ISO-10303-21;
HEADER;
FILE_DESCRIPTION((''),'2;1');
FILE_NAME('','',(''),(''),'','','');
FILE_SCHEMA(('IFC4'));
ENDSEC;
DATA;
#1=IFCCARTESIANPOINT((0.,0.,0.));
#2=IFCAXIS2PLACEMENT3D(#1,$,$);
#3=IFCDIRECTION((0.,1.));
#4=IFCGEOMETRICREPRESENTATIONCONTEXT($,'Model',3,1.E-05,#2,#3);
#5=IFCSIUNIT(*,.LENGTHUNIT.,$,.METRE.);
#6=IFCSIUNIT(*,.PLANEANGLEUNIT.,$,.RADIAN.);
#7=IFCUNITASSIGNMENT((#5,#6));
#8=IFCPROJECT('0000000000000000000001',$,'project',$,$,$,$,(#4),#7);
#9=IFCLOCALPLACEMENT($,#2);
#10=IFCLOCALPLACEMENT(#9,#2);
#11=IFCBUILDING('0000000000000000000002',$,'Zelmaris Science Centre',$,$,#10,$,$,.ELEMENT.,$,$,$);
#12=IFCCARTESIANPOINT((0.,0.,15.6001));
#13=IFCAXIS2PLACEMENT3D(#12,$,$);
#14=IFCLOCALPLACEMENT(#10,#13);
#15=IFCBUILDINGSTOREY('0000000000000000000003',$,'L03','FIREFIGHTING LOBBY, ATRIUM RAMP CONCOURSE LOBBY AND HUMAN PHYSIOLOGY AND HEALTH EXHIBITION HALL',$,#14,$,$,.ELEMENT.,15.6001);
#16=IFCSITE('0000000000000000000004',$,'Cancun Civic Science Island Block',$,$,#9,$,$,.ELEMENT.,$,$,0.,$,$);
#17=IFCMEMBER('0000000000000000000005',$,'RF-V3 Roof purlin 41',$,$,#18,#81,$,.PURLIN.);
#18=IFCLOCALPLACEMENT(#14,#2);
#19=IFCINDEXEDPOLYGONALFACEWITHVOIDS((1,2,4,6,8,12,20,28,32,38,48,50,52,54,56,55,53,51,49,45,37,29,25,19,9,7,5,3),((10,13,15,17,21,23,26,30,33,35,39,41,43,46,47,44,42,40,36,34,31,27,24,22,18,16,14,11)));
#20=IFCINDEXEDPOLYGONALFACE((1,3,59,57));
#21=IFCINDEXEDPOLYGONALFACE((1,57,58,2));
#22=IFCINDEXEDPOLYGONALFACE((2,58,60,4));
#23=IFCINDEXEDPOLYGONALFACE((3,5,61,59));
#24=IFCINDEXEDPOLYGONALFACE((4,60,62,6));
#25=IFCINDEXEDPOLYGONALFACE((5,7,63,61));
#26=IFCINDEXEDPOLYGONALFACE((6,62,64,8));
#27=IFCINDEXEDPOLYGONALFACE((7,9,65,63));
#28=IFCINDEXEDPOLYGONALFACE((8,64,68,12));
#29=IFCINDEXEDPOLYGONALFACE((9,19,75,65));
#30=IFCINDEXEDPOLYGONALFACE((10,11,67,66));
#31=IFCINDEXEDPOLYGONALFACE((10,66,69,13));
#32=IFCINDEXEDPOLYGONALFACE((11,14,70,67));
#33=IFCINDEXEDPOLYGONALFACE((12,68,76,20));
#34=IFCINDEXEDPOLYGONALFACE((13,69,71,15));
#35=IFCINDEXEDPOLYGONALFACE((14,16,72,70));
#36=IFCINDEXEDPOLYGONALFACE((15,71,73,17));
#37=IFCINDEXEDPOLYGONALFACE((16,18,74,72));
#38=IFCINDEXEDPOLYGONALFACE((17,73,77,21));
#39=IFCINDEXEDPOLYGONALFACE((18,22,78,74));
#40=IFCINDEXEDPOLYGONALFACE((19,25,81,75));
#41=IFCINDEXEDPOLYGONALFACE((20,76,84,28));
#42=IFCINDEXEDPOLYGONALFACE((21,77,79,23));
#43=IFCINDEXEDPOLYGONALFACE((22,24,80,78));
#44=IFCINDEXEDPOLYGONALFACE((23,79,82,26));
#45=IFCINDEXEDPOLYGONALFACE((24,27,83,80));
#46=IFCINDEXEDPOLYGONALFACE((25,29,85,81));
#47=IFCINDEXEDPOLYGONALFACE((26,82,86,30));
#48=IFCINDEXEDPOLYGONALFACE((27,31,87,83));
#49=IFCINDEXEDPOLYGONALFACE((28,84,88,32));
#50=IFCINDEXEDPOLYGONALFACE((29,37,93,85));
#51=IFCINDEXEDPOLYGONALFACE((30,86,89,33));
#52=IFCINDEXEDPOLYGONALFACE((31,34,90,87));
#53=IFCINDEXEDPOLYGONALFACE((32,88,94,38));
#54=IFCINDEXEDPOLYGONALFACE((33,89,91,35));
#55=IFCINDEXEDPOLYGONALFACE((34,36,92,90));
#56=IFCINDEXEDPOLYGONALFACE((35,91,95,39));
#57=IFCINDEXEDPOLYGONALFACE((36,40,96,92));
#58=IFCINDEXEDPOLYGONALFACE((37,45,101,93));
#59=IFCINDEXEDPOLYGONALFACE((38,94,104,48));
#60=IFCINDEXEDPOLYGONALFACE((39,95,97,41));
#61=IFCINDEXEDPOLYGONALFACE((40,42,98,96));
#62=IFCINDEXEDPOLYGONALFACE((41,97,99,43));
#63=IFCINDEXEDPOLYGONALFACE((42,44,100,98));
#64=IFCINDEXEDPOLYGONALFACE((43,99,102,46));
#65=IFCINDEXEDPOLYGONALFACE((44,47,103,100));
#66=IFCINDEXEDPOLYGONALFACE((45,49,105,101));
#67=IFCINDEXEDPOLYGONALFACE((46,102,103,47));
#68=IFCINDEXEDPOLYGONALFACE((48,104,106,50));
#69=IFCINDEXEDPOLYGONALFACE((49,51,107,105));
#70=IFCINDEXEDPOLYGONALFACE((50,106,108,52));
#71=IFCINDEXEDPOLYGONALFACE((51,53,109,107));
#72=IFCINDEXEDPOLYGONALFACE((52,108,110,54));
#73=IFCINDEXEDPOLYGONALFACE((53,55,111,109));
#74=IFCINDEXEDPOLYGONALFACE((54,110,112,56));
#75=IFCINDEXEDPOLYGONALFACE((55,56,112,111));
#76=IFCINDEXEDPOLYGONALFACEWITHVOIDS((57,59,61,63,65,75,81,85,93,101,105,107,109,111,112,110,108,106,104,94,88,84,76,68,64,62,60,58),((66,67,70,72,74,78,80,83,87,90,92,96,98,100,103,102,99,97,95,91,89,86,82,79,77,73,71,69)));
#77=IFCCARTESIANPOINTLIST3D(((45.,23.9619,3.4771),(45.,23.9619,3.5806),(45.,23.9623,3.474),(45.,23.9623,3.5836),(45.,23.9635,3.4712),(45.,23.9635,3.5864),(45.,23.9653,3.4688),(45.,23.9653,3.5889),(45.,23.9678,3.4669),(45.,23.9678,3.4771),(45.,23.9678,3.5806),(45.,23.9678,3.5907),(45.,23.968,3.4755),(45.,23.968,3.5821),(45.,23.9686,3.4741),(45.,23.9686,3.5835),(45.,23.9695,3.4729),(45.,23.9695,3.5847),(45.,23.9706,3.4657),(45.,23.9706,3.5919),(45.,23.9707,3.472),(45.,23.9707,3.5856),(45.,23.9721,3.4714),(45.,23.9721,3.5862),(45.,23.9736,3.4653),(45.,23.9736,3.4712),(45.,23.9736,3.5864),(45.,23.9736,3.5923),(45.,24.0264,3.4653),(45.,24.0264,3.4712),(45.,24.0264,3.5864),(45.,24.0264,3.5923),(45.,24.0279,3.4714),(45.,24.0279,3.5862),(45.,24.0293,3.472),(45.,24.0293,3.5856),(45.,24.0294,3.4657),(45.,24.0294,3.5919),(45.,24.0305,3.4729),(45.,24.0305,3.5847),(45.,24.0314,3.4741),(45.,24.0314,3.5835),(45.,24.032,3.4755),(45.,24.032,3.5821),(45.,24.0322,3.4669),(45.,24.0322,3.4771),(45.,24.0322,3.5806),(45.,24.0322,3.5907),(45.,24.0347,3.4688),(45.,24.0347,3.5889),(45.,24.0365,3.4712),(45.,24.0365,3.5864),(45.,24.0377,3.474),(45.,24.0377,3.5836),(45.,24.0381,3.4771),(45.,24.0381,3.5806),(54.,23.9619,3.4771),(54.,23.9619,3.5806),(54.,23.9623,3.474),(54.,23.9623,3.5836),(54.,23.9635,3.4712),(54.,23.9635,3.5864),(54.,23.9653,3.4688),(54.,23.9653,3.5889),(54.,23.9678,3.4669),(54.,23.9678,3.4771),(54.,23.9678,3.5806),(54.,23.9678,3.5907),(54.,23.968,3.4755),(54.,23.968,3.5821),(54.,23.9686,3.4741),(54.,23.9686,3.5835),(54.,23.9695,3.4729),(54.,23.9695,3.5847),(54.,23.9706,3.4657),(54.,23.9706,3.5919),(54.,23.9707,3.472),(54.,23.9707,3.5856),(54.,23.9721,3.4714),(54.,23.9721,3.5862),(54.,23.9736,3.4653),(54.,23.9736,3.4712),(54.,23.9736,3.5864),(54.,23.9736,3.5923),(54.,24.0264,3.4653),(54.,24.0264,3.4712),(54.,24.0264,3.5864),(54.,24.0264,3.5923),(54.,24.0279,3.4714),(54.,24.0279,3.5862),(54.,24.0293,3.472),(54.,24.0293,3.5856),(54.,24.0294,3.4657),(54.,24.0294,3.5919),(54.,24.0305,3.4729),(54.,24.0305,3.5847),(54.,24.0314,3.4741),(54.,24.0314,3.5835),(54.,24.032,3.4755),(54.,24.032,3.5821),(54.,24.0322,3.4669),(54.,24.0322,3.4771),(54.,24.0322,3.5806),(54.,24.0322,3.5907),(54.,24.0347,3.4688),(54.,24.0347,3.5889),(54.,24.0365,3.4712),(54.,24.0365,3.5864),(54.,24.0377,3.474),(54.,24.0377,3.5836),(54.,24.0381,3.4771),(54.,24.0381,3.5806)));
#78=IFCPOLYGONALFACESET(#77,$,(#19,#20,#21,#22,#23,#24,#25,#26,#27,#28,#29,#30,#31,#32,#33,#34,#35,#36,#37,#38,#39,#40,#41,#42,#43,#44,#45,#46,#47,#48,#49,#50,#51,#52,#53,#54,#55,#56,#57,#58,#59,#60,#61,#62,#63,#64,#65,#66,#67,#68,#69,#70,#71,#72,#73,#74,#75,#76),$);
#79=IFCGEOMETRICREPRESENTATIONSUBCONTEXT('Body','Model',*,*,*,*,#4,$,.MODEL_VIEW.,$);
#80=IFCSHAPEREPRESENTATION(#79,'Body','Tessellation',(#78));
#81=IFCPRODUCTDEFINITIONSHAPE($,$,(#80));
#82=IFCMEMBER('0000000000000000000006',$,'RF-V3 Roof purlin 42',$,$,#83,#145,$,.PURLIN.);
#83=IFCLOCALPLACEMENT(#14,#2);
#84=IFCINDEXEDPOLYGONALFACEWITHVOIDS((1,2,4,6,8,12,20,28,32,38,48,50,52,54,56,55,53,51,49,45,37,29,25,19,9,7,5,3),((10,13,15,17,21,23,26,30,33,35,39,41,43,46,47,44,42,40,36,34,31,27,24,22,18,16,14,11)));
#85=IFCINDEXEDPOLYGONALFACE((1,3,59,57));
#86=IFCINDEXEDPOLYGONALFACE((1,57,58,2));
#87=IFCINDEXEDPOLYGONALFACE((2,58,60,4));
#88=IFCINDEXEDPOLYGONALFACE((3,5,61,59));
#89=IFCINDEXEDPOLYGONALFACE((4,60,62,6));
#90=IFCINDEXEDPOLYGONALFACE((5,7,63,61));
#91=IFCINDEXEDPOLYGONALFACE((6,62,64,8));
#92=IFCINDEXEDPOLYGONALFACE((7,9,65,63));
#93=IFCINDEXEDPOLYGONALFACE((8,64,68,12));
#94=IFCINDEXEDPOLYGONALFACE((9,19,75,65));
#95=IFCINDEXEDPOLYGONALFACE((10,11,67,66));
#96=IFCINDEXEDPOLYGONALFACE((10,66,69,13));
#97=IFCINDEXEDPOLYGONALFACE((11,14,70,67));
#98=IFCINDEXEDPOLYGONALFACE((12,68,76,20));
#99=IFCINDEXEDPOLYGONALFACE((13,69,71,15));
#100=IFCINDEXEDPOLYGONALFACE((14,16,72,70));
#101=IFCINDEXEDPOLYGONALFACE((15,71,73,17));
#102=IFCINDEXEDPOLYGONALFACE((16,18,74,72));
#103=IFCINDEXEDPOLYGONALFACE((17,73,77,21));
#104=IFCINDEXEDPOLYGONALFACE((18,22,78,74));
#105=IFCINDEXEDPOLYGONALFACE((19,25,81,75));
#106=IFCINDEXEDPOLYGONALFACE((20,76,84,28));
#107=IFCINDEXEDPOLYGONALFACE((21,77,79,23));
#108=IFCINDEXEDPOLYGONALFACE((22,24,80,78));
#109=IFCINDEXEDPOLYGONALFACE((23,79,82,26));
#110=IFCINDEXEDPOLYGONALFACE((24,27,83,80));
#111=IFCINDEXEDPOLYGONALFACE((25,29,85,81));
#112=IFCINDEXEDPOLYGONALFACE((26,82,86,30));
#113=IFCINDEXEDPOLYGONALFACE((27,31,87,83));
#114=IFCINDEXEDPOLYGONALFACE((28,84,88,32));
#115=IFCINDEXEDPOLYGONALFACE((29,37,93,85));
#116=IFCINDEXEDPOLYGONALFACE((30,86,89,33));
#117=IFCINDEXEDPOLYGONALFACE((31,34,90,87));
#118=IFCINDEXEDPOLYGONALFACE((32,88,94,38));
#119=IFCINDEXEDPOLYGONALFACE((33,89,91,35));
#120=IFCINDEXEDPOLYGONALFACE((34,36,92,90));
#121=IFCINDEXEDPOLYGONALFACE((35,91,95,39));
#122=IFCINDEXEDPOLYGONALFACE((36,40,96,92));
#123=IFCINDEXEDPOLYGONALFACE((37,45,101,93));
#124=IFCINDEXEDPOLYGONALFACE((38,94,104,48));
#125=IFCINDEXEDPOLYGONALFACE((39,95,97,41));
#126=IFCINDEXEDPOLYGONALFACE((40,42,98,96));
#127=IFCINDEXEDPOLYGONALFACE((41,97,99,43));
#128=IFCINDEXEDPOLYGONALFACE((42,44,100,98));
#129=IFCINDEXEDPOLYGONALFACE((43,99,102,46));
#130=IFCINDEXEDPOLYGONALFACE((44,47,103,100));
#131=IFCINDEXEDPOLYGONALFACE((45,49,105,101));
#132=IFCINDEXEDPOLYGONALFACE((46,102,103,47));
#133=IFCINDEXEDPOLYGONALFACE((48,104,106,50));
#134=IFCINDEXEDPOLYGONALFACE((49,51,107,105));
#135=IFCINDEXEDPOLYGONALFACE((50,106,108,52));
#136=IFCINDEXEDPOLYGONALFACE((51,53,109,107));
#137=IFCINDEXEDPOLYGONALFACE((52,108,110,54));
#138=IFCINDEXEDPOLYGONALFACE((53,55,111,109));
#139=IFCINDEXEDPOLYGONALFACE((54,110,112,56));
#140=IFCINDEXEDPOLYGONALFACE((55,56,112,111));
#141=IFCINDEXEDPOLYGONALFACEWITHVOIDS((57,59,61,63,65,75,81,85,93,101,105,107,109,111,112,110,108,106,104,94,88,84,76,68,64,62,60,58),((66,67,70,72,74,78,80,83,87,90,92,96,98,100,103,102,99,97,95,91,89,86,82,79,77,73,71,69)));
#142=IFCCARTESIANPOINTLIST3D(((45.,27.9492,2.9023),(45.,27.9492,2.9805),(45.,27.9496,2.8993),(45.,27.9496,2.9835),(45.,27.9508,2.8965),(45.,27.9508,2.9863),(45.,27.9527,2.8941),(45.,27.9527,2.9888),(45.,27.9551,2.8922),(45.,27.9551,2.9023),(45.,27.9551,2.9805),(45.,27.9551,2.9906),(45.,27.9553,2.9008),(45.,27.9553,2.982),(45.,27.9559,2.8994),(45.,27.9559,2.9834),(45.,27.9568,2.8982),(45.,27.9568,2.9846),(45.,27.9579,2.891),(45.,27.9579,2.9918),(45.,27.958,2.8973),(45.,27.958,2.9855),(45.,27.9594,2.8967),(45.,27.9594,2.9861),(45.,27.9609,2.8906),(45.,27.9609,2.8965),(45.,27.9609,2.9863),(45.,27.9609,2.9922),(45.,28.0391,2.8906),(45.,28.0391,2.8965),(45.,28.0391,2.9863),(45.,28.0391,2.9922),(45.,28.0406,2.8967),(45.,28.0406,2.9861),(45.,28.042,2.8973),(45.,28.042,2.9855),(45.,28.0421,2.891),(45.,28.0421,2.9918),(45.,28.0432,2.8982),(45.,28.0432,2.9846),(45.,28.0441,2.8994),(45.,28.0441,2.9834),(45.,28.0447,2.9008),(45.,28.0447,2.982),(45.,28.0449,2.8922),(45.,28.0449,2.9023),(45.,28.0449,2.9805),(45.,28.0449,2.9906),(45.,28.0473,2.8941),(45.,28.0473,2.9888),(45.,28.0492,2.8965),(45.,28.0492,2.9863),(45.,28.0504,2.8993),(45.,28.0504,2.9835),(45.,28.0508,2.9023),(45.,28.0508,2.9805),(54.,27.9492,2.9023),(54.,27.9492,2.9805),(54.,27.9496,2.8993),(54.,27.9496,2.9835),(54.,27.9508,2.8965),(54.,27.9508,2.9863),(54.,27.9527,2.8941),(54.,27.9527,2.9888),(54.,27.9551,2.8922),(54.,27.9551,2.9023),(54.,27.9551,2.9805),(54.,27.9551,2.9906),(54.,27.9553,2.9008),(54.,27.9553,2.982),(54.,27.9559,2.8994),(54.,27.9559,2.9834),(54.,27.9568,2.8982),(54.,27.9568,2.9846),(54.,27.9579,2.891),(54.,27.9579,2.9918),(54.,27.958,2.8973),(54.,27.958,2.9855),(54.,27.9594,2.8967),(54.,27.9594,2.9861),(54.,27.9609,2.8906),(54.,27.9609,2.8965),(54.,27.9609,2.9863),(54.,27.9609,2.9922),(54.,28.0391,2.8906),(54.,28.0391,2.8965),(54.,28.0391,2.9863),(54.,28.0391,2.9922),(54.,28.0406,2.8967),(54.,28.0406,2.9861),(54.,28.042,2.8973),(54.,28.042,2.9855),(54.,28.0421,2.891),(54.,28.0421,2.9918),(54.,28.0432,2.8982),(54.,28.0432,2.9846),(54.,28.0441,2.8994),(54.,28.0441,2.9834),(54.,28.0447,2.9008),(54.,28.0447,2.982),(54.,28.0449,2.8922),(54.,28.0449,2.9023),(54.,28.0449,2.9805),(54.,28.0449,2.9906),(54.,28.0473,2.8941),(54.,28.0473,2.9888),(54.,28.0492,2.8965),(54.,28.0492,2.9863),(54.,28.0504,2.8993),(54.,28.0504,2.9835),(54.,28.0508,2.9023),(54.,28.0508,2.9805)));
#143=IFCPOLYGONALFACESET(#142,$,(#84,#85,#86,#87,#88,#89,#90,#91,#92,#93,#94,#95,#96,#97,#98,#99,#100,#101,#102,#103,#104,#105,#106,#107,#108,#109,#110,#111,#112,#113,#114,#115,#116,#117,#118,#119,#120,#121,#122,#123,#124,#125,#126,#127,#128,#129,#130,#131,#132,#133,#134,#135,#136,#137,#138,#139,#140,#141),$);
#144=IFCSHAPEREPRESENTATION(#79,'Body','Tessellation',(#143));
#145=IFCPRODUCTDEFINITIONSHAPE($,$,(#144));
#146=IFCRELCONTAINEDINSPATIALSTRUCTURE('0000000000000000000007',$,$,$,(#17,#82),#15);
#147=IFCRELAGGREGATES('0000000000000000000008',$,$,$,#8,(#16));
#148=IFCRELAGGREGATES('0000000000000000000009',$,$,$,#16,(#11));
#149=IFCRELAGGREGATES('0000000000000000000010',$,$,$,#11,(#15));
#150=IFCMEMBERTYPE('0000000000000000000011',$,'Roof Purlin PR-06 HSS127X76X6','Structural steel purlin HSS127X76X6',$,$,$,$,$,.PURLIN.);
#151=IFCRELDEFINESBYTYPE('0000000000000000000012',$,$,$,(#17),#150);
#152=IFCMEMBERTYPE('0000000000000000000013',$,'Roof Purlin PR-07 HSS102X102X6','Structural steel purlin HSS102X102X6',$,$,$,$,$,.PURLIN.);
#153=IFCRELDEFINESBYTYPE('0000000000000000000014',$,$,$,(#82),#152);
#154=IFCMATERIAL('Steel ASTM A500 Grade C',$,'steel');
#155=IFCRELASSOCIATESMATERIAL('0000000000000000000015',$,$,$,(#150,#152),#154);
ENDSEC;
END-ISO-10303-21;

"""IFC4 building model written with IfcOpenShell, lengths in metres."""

from ifc_helpers import new_model, si_unit, direction, frame, origin, origin_2d, place, context, subcontext, project, spatial, hollow_rectangle, extrude, material, material_profile, profile_set, type_object, element, save


model = new_model("IFC4")

# Units and contexts
model_context = context("Model", 3, precision=1e-05, world=origin(), true_north=direction((0.0, 1.0)))
body_context = subcontext(model_context, "Body", "Model", "MODEL_VIEW")
ifc_project = project(units=[si_unit("LENGTHUNIT", "METRE"), si_unit("PLANEANGLEUNIT", "RADIAN")], contexts=[model_context])

# Site, building, storey
site_placement = place(None, origin())
site = spatial("IfcSite", under=ifc_project, at=site_placement, Name="Cancun Civic Science Island Block", CompositionType="ELEMENT", RefElevation=0.0)
building_placement = place(site_placement, origin())
building = spatial("IfcBuilding", under=site, at=building_placement, Name="Zelmaris Science Centre", CompositionType="ELEMENT")
storey_placement = place(building_placement, frame((0.0, 0.0, 15.6001)))
storey = spatial("IfcBuildingStorey", under=building, at=storey_placement, Name="L03", Description="FIREFIGHTING LOBBY, ATRIUM RAMP CONCOURSE LOBBY AND HUMAN PHYSIOLOGY AND HEALTH EXHIBITION HALL", CompositionType="ELEMENT", Elevation=15.6001)

# Shared definitions
ifc_material_1 = material(Name="Steel ASTM A500 Grade C", Category="steel")

# Members
ifc_material_profile_1 = material_profile(ifc_material_1, hollow_rectangle(XDim=0.0762, YDim=0.127, WallThickness=0.0059, InnerFilletRadius=0.0059, OuterFilletRadius=0.0117, at=origin_2d()), Name="HSS127X76X6")
ifc_profile_set_1 = profile_set([ifc_material_profile_1], Name="Steel ASTM A500 Grade C")
member_type_1 = type_object("IfcMemberType", Name="Roof Purlin PR-06 HSS127X76X6", Description="Structural steel purlin HSS127X76X6", PredefinedType="PURLIN", material=ifc_profile_set_1)
member_1_placement = place(storey_placement, frame((45.0, 24.0, 3.5288), z_axis=(1.0, 0.0, 0.0), x_axis=(0.0, 1.0, 0.0)))
element("IfcMember", 1, at=member_1_placement, inside=storey, type_object=member_type_1, Name="RF-V3 Roof purlin 41", PredefinedType="PURLIN", context=body_context, shape_type="SweptSolid", body=[
    extrude(hollow_rectangle(XDim=0.0762, YDim=0.127, WallThickness=0.0059, InnerFilletRadius=0.0059, OuterFilletRadius=0.0117, at=origin_2d()), origin(), (0.0, 0.0, 1.0), 9.0),
])
ifc_material_profile_2 = material_profile(ifc_material_1, hollow_rectangle(XDim=0.1016, YDim=0.1016, WallThickness=0.0059, InnerFilletRadius=0.0059, OuterFilletRadius=0.0117, at=origin_2d()), Name="HSS102X102X6")
ifc_profile_set_2 = profile_set([ifc_material_profile_2], Name="Steel ASTM A500 Grade C")
member_type_2 = type_object("IfcMemberType", Name="Roof Purlin PR-07 HSS102X102X6", Description="Structural steel purlin HSS102X102X6", PredefinedType="PURLIN", material=ifc_profile_set_2)
member_2_placement = place(storey_placement, frame((45.0, 28.0, 2.9414), z_axis=(1.0, 0.0, 0.0), x_axis=(0.0, 1.0, 0.0)))
element("IfcMember", 2, at=member_2_placement, inside=storey, type_object=member_type_2, Name="RF-V3 Roof purlin 42", PredefinedType="PURLIN", context=body_context, shape_type="SweptSolid", body=[
    extrude(hollow_rectangle(XDim=0.1016, YDim=0.1016, WallThickness=0.0059, InnerFilletRadius=0.0059, OuterFilletRadius=0.0117, at=origin_2d()), origin(), (0.0, 0.0, 1.0), 9.0),
])

save(model, "model.ifc")
